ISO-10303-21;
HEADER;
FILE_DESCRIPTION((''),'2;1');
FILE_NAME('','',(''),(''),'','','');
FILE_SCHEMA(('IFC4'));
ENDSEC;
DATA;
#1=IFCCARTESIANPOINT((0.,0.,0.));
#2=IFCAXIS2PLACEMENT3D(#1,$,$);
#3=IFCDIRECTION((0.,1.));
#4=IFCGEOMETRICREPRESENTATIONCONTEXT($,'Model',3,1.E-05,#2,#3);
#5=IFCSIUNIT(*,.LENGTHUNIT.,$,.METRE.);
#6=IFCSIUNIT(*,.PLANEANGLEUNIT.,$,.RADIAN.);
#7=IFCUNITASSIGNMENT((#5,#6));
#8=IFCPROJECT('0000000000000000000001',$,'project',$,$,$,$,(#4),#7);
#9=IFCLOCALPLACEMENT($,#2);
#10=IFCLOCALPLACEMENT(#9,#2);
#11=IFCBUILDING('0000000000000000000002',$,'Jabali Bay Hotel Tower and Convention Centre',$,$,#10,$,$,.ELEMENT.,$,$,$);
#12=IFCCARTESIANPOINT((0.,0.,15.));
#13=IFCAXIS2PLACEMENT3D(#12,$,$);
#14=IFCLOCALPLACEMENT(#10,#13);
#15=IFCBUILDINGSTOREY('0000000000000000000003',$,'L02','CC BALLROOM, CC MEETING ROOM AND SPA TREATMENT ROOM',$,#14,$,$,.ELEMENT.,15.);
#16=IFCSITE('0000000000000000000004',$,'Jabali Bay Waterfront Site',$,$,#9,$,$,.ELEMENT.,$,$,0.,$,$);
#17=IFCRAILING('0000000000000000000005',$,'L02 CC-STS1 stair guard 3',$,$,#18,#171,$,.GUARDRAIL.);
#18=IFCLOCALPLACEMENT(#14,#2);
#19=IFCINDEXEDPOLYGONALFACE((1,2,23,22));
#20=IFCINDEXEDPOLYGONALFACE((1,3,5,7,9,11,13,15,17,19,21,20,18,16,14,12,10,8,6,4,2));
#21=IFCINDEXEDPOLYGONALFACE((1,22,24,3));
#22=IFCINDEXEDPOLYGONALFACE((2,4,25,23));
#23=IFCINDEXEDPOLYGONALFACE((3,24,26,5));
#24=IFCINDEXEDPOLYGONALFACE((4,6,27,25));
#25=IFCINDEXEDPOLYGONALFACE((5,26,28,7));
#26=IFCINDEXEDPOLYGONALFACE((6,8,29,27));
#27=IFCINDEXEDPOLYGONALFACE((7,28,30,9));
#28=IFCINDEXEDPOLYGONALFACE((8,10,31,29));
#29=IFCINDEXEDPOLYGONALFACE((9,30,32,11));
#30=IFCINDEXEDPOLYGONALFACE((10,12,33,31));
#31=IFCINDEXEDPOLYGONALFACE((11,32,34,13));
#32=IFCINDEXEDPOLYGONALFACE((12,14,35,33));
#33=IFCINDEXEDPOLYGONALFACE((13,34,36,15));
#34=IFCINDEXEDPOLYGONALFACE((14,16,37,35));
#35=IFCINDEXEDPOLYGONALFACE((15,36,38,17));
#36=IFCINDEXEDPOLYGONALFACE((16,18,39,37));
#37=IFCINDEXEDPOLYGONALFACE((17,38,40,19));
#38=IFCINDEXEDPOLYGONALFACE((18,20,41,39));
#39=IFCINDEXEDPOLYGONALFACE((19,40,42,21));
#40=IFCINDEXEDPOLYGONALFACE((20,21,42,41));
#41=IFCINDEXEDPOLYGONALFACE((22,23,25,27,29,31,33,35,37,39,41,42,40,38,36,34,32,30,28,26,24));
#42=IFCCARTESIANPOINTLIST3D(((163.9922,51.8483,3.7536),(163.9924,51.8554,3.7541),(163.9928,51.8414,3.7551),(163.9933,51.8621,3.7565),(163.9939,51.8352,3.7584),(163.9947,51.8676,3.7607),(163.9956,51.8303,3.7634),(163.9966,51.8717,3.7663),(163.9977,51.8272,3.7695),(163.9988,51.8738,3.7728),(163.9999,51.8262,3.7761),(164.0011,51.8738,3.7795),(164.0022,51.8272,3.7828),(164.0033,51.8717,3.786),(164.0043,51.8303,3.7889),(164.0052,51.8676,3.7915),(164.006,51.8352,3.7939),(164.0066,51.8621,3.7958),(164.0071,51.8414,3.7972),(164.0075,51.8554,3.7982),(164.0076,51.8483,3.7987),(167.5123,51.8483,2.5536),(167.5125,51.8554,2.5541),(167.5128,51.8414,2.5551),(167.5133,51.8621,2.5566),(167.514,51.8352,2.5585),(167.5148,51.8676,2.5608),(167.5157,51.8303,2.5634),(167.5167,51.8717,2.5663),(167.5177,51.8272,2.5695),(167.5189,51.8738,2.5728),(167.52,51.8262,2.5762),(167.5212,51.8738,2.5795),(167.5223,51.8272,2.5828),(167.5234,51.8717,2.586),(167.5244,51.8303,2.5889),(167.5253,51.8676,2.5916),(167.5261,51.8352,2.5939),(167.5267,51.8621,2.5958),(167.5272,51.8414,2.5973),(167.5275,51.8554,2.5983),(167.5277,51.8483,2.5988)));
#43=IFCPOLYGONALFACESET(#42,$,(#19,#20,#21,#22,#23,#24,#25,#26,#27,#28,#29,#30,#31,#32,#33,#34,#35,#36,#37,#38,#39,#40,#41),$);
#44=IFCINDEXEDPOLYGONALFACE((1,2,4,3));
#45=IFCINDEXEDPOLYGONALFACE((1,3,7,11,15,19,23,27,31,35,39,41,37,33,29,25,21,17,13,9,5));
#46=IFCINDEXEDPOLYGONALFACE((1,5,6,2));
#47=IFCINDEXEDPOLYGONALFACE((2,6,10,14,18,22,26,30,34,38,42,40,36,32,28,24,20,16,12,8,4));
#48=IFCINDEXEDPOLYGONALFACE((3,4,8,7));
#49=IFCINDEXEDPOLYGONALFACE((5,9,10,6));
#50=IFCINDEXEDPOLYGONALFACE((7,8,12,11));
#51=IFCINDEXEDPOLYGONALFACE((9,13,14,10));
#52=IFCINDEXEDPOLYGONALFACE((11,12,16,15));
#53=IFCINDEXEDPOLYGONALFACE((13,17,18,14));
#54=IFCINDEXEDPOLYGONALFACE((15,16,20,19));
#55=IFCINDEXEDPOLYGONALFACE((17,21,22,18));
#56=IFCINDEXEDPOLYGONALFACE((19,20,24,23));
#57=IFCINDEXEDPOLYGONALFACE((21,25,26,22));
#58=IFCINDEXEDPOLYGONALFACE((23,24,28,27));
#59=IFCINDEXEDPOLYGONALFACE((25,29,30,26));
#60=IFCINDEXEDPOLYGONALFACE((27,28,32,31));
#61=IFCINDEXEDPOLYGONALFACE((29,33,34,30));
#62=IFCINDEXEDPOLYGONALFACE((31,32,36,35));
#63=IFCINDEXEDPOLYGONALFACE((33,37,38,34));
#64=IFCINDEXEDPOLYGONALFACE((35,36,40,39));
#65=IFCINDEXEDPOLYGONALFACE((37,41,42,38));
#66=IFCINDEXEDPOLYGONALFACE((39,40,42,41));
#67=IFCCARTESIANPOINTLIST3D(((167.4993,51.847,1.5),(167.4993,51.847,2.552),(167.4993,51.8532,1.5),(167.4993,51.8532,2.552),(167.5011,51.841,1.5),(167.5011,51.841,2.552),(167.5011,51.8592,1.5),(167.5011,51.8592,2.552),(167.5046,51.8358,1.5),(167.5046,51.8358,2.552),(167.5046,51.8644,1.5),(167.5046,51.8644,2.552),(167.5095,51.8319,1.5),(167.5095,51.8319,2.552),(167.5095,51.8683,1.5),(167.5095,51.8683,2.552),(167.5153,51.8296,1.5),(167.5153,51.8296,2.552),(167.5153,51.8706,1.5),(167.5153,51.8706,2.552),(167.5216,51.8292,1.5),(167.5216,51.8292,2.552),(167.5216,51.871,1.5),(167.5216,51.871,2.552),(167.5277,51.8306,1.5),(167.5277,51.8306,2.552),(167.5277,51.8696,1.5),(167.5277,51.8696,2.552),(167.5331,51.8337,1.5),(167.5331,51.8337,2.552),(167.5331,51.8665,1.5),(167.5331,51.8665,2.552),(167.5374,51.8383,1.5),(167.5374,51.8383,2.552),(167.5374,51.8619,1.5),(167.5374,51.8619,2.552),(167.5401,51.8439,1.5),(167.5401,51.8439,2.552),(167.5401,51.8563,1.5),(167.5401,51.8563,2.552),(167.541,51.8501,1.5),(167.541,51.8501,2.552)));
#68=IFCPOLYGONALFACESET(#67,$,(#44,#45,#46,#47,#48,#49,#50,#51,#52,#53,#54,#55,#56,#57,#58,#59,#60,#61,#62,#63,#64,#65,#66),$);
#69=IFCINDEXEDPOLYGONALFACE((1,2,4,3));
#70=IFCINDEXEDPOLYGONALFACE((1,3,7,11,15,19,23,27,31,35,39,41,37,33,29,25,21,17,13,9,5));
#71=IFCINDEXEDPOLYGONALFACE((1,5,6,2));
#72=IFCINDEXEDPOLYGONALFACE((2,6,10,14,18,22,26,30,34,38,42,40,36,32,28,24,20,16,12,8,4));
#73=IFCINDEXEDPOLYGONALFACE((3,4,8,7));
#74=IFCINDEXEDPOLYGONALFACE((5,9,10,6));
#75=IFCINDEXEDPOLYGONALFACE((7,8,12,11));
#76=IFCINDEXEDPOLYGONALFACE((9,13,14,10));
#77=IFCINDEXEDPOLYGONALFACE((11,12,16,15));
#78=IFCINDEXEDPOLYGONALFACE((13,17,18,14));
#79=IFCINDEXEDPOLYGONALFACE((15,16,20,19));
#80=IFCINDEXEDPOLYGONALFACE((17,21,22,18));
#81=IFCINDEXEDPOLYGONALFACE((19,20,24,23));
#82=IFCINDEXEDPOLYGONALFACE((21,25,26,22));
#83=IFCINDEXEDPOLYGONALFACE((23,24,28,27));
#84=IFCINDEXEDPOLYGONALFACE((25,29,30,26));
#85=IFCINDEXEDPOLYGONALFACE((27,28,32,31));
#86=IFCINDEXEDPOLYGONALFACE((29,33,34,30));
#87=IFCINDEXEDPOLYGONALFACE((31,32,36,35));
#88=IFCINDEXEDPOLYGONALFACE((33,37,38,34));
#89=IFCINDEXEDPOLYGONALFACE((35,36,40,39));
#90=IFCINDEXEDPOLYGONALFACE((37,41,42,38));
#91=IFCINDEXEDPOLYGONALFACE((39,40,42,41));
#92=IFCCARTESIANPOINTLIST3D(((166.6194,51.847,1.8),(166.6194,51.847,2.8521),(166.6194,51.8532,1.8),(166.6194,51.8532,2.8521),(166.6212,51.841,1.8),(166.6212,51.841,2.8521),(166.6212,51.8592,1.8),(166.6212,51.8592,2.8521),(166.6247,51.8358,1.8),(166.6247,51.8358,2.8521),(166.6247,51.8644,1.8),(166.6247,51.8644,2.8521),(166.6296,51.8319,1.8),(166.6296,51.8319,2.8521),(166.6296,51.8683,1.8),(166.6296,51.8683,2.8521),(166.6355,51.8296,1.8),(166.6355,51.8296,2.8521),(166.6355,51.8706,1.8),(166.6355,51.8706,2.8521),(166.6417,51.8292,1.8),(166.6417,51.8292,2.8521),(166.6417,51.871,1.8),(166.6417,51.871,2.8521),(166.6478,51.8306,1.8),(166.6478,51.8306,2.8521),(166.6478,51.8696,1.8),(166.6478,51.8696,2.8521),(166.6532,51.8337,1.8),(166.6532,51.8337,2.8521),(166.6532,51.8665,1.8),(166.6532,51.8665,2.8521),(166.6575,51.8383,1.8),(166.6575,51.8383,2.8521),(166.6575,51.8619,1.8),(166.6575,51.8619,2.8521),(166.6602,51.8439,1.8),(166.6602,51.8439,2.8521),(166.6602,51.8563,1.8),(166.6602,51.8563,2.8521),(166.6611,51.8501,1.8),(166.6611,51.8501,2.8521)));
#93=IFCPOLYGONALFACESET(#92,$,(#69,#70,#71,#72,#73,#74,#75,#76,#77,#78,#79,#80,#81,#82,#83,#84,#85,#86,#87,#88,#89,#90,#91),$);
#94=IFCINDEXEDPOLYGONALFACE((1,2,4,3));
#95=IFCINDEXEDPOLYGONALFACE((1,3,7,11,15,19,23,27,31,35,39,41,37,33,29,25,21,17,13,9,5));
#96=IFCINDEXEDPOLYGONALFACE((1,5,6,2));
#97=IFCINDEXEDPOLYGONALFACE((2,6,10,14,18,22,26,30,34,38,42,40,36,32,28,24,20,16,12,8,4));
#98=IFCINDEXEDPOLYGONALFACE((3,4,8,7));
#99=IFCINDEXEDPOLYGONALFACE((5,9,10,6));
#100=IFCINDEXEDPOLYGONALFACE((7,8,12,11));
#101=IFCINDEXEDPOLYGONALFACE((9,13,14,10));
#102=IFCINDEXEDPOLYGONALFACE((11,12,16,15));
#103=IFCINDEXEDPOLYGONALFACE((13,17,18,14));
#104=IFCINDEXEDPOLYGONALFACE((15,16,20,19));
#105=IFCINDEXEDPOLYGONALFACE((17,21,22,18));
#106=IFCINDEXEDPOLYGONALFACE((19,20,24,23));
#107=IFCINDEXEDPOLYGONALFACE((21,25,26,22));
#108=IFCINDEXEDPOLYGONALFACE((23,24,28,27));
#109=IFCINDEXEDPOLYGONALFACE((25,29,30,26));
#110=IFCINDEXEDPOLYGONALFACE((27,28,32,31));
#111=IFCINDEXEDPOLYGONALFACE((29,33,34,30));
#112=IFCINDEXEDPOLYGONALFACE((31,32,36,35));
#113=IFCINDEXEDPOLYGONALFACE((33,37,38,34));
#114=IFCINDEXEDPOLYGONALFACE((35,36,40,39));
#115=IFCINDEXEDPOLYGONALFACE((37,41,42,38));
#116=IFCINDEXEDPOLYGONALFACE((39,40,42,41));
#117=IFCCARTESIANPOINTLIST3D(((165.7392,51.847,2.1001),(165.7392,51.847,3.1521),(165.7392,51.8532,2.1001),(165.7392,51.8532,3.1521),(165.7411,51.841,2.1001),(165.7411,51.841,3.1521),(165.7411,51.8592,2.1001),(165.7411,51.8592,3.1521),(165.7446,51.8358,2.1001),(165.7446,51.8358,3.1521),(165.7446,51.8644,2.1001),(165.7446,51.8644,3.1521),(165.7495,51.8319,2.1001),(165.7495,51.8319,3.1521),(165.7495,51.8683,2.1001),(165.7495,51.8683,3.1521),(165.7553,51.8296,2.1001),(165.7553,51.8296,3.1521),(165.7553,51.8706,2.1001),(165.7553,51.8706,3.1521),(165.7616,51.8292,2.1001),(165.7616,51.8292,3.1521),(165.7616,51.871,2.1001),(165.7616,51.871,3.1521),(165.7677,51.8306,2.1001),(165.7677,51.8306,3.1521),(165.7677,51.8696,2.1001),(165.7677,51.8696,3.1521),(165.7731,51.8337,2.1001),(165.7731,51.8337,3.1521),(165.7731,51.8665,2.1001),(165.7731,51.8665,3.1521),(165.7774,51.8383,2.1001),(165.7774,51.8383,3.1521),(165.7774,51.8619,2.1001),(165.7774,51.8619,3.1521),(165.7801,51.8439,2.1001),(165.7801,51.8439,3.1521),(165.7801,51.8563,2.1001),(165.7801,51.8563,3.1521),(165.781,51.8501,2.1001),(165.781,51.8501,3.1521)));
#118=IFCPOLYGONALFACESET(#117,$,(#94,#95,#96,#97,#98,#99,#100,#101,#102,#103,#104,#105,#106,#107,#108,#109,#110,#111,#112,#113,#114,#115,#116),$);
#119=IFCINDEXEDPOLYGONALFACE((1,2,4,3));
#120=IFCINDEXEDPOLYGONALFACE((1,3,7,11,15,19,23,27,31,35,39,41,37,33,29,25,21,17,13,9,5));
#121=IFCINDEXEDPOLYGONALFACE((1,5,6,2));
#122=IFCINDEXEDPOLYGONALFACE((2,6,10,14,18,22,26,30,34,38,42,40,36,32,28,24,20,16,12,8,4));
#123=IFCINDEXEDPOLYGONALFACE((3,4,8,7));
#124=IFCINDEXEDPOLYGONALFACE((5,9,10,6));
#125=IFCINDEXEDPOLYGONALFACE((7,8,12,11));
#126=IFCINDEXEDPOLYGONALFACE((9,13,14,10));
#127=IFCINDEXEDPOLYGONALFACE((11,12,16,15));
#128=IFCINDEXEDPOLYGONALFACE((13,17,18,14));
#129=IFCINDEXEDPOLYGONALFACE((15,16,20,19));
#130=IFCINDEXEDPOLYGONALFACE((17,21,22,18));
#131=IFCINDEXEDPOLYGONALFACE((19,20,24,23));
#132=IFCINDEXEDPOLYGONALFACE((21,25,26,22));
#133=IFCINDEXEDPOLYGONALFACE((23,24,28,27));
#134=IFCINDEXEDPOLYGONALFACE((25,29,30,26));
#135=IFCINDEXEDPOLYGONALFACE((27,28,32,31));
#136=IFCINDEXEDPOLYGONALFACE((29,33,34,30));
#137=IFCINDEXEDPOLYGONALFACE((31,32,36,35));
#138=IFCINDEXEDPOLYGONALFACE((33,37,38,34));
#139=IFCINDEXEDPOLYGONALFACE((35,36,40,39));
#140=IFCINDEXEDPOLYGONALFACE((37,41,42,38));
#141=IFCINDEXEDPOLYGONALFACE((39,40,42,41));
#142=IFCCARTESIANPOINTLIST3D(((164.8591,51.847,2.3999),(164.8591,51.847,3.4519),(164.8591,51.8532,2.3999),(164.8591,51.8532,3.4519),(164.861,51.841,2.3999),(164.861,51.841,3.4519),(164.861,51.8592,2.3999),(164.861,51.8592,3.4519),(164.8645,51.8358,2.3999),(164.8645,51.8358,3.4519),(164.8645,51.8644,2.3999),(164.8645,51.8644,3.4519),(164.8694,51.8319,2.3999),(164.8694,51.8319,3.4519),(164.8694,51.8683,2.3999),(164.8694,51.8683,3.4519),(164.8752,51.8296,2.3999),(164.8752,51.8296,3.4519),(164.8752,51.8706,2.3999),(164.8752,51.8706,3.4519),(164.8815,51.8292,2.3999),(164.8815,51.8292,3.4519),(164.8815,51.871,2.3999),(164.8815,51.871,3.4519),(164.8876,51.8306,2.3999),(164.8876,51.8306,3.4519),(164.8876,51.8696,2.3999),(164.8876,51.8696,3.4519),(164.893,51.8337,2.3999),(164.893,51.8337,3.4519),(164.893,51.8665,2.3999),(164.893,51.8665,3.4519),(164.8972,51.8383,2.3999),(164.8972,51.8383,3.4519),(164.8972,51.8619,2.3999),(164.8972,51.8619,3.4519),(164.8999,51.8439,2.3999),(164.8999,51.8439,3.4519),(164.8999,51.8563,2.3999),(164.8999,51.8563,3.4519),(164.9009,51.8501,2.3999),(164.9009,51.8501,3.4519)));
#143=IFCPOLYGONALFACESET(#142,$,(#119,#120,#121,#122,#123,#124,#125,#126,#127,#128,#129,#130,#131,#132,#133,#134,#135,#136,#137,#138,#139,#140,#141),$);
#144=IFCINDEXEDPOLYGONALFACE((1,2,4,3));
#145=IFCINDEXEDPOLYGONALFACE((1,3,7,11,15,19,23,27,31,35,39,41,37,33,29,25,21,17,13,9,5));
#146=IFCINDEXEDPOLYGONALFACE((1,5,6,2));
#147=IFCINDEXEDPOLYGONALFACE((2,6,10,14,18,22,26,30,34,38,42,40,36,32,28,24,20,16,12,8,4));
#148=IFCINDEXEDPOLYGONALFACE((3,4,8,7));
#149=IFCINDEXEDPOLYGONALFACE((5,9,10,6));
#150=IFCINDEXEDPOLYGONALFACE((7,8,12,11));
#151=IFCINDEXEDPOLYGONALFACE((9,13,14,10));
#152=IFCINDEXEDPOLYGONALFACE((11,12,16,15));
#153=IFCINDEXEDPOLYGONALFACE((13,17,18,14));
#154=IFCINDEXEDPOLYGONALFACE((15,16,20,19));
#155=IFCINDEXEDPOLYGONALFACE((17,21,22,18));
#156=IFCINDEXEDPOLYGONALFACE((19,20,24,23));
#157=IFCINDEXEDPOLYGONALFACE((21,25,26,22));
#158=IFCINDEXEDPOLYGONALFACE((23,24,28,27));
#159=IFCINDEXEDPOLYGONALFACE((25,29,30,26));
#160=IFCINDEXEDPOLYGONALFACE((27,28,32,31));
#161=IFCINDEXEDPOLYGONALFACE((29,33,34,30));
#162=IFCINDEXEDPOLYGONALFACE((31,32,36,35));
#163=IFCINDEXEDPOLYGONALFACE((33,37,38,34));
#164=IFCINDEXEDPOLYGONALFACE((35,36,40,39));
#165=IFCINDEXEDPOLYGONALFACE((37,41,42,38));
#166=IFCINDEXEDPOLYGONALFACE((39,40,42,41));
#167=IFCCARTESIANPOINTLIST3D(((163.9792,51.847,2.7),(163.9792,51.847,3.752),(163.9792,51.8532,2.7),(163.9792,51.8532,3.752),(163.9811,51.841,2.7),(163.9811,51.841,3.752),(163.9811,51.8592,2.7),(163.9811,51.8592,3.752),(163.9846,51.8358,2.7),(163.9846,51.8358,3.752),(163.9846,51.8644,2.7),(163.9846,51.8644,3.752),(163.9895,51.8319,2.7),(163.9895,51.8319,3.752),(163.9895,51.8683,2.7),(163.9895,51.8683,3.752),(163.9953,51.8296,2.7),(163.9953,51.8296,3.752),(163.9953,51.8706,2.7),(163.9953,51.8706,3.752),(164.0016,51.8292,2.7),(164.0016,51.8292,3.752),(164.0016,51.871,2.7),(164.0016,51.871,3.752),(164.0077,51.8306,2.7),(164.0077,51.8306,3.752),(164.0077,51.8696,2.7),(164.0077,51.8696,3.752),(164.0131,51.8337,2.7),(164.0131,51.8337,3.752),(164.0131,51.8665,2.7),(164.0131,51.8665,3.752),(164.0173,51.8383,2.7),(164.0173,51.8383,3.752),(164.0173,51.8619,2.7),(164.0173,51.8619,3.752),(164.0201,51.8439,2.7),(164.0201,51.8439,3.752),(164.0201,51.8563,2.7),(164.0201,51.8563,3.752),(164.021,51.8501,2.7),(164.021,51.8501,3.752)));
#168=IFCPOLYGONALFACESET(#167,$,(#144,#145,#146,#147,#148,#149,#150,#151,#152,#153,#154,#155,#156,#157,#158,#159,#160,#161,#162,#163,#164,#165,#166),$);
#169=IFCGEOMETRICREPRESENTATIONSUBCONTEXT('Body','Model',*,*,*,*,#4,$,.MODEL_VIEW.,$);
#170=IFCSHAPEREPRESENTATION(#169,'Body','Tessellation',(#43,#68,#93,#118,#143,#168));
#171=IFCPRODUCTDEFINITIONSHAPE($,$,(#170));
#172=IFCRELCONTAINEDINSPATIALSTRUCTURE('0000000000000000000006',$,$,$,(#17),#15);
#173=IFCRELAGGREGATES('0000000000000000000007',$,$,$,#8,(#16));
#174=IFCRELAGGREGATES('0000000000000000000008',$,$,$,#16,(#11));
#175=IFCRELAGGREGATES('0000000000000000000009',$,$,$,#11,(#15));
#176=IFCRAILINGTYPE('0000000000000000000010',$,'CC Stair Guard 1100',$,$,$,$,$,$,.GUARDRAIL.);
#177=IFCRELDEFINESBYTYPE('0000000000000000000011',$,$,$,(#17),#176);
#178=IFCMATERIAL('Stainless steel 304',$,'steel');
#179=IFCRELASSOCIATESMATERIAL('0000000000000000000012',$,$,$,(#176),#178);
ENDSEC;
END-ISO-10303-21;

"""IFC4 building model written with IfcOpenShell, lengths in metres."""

from ifc_helpers import new_model, si_unit, direction, frame, origin, origin_2d, place, context, subcontext, project, spatial, circle, extrude, material, type_object, element, save


model = new_model("IFC4")

# Units and contexts
model_context = context("Model", 3, precision=1e-05, world=origin(), true_north=direction((0.0, 1.0)))
body_context = subcontext(model_context, "Body", "Model", "MODEL_VIEW")
ifc_project = project(units=[si_unit("LENGTHUNIT", "METRE"), si_unit("PLANEANGLEUNIT", "RADIAN")], contexts=[model_context])

# Site, building, storey
site_placement = place(None, origin())
site = spatial("IfcSite", under=ifc_project, at=site_placement, Name="Jabali Bay Waterfront Site", CompositionType="ELEMENT", RefElevation=0.0)
building_placement = place(site_placement, origin())
building = spatial("IfcBuilding", under=site, at=building_placement, Name="Jabali Bay Hotel Tower and Convention Centre", CompositionType="ELEMENT")
storey_placement = place(building_placement, frame((0.0, 0.0, 15.0)))
storey = spatial("IfcBuildingStorey", under=building, at=storey_placement, Name="L02", Description="CC BALLROOM, CC MEETING ROOM AND SPA TREATMENT ROOM", CompositionType="ELEMENT", Elevation=15.0)

# Railing
ifc_material_1 = material(Name="Stainless steel 304", Category="steel")
railing_type_1 = type_object("IfcRailingType", Name="CC Stair Guard 1100", PredefinedType="GUARDRAIL", material=ifc_material_1)
railing_1_placement = place(storey_placement, frame((167.52, 51.8501, 1.5)))
element("IfcRailing", 1, at=railing_1_placement, inside=storey, type_object=railing_type_1, Name="L02 CC-STS1 stair guard 3", PredefinedType="GUARDRAIL", context=body_context, shape_type="SweptSolid", body=[
    extrude(circle(Radius=0.0239, at=origin_2d()), frame((0.0, 0.0, 1.0762), z_axis=(-0.946515, 0.0, 0.322661), x_axis=(0.0, -1.0, 0.0)), (0.0, 0.0, 1.0), 3.719),
    extrude(circle(Radius=0.021, at=origin_2d()), origin(), (0.0, 0.0, 1.0), 1.052),
    extrude(circle(Radius=0.021, at=origin_2d()), frame((-0.8799, 0.0, 0.3)), (0.0, 0.0, 1.0), 1.052),
    extrude(circle(Radius=0.021, at=origin_2d()), frame((-1.76, 0.0, 0.6001)), (0.0, 0.0, 1.0), 1.052),
    extrude(circle(Radius=0.021, at=origin_2d()), frame((-2.6401, 0.0, 0.8999)), (0.0, 0.0, 1.0), 1.052),
    extrude(circle(Radius=0.021, at=origin_2d()), frame((-3.52, 0.0, 1.2)), (0.0, 0.0, 1.0), 1.052),
])

save(model, "model.ifc")
